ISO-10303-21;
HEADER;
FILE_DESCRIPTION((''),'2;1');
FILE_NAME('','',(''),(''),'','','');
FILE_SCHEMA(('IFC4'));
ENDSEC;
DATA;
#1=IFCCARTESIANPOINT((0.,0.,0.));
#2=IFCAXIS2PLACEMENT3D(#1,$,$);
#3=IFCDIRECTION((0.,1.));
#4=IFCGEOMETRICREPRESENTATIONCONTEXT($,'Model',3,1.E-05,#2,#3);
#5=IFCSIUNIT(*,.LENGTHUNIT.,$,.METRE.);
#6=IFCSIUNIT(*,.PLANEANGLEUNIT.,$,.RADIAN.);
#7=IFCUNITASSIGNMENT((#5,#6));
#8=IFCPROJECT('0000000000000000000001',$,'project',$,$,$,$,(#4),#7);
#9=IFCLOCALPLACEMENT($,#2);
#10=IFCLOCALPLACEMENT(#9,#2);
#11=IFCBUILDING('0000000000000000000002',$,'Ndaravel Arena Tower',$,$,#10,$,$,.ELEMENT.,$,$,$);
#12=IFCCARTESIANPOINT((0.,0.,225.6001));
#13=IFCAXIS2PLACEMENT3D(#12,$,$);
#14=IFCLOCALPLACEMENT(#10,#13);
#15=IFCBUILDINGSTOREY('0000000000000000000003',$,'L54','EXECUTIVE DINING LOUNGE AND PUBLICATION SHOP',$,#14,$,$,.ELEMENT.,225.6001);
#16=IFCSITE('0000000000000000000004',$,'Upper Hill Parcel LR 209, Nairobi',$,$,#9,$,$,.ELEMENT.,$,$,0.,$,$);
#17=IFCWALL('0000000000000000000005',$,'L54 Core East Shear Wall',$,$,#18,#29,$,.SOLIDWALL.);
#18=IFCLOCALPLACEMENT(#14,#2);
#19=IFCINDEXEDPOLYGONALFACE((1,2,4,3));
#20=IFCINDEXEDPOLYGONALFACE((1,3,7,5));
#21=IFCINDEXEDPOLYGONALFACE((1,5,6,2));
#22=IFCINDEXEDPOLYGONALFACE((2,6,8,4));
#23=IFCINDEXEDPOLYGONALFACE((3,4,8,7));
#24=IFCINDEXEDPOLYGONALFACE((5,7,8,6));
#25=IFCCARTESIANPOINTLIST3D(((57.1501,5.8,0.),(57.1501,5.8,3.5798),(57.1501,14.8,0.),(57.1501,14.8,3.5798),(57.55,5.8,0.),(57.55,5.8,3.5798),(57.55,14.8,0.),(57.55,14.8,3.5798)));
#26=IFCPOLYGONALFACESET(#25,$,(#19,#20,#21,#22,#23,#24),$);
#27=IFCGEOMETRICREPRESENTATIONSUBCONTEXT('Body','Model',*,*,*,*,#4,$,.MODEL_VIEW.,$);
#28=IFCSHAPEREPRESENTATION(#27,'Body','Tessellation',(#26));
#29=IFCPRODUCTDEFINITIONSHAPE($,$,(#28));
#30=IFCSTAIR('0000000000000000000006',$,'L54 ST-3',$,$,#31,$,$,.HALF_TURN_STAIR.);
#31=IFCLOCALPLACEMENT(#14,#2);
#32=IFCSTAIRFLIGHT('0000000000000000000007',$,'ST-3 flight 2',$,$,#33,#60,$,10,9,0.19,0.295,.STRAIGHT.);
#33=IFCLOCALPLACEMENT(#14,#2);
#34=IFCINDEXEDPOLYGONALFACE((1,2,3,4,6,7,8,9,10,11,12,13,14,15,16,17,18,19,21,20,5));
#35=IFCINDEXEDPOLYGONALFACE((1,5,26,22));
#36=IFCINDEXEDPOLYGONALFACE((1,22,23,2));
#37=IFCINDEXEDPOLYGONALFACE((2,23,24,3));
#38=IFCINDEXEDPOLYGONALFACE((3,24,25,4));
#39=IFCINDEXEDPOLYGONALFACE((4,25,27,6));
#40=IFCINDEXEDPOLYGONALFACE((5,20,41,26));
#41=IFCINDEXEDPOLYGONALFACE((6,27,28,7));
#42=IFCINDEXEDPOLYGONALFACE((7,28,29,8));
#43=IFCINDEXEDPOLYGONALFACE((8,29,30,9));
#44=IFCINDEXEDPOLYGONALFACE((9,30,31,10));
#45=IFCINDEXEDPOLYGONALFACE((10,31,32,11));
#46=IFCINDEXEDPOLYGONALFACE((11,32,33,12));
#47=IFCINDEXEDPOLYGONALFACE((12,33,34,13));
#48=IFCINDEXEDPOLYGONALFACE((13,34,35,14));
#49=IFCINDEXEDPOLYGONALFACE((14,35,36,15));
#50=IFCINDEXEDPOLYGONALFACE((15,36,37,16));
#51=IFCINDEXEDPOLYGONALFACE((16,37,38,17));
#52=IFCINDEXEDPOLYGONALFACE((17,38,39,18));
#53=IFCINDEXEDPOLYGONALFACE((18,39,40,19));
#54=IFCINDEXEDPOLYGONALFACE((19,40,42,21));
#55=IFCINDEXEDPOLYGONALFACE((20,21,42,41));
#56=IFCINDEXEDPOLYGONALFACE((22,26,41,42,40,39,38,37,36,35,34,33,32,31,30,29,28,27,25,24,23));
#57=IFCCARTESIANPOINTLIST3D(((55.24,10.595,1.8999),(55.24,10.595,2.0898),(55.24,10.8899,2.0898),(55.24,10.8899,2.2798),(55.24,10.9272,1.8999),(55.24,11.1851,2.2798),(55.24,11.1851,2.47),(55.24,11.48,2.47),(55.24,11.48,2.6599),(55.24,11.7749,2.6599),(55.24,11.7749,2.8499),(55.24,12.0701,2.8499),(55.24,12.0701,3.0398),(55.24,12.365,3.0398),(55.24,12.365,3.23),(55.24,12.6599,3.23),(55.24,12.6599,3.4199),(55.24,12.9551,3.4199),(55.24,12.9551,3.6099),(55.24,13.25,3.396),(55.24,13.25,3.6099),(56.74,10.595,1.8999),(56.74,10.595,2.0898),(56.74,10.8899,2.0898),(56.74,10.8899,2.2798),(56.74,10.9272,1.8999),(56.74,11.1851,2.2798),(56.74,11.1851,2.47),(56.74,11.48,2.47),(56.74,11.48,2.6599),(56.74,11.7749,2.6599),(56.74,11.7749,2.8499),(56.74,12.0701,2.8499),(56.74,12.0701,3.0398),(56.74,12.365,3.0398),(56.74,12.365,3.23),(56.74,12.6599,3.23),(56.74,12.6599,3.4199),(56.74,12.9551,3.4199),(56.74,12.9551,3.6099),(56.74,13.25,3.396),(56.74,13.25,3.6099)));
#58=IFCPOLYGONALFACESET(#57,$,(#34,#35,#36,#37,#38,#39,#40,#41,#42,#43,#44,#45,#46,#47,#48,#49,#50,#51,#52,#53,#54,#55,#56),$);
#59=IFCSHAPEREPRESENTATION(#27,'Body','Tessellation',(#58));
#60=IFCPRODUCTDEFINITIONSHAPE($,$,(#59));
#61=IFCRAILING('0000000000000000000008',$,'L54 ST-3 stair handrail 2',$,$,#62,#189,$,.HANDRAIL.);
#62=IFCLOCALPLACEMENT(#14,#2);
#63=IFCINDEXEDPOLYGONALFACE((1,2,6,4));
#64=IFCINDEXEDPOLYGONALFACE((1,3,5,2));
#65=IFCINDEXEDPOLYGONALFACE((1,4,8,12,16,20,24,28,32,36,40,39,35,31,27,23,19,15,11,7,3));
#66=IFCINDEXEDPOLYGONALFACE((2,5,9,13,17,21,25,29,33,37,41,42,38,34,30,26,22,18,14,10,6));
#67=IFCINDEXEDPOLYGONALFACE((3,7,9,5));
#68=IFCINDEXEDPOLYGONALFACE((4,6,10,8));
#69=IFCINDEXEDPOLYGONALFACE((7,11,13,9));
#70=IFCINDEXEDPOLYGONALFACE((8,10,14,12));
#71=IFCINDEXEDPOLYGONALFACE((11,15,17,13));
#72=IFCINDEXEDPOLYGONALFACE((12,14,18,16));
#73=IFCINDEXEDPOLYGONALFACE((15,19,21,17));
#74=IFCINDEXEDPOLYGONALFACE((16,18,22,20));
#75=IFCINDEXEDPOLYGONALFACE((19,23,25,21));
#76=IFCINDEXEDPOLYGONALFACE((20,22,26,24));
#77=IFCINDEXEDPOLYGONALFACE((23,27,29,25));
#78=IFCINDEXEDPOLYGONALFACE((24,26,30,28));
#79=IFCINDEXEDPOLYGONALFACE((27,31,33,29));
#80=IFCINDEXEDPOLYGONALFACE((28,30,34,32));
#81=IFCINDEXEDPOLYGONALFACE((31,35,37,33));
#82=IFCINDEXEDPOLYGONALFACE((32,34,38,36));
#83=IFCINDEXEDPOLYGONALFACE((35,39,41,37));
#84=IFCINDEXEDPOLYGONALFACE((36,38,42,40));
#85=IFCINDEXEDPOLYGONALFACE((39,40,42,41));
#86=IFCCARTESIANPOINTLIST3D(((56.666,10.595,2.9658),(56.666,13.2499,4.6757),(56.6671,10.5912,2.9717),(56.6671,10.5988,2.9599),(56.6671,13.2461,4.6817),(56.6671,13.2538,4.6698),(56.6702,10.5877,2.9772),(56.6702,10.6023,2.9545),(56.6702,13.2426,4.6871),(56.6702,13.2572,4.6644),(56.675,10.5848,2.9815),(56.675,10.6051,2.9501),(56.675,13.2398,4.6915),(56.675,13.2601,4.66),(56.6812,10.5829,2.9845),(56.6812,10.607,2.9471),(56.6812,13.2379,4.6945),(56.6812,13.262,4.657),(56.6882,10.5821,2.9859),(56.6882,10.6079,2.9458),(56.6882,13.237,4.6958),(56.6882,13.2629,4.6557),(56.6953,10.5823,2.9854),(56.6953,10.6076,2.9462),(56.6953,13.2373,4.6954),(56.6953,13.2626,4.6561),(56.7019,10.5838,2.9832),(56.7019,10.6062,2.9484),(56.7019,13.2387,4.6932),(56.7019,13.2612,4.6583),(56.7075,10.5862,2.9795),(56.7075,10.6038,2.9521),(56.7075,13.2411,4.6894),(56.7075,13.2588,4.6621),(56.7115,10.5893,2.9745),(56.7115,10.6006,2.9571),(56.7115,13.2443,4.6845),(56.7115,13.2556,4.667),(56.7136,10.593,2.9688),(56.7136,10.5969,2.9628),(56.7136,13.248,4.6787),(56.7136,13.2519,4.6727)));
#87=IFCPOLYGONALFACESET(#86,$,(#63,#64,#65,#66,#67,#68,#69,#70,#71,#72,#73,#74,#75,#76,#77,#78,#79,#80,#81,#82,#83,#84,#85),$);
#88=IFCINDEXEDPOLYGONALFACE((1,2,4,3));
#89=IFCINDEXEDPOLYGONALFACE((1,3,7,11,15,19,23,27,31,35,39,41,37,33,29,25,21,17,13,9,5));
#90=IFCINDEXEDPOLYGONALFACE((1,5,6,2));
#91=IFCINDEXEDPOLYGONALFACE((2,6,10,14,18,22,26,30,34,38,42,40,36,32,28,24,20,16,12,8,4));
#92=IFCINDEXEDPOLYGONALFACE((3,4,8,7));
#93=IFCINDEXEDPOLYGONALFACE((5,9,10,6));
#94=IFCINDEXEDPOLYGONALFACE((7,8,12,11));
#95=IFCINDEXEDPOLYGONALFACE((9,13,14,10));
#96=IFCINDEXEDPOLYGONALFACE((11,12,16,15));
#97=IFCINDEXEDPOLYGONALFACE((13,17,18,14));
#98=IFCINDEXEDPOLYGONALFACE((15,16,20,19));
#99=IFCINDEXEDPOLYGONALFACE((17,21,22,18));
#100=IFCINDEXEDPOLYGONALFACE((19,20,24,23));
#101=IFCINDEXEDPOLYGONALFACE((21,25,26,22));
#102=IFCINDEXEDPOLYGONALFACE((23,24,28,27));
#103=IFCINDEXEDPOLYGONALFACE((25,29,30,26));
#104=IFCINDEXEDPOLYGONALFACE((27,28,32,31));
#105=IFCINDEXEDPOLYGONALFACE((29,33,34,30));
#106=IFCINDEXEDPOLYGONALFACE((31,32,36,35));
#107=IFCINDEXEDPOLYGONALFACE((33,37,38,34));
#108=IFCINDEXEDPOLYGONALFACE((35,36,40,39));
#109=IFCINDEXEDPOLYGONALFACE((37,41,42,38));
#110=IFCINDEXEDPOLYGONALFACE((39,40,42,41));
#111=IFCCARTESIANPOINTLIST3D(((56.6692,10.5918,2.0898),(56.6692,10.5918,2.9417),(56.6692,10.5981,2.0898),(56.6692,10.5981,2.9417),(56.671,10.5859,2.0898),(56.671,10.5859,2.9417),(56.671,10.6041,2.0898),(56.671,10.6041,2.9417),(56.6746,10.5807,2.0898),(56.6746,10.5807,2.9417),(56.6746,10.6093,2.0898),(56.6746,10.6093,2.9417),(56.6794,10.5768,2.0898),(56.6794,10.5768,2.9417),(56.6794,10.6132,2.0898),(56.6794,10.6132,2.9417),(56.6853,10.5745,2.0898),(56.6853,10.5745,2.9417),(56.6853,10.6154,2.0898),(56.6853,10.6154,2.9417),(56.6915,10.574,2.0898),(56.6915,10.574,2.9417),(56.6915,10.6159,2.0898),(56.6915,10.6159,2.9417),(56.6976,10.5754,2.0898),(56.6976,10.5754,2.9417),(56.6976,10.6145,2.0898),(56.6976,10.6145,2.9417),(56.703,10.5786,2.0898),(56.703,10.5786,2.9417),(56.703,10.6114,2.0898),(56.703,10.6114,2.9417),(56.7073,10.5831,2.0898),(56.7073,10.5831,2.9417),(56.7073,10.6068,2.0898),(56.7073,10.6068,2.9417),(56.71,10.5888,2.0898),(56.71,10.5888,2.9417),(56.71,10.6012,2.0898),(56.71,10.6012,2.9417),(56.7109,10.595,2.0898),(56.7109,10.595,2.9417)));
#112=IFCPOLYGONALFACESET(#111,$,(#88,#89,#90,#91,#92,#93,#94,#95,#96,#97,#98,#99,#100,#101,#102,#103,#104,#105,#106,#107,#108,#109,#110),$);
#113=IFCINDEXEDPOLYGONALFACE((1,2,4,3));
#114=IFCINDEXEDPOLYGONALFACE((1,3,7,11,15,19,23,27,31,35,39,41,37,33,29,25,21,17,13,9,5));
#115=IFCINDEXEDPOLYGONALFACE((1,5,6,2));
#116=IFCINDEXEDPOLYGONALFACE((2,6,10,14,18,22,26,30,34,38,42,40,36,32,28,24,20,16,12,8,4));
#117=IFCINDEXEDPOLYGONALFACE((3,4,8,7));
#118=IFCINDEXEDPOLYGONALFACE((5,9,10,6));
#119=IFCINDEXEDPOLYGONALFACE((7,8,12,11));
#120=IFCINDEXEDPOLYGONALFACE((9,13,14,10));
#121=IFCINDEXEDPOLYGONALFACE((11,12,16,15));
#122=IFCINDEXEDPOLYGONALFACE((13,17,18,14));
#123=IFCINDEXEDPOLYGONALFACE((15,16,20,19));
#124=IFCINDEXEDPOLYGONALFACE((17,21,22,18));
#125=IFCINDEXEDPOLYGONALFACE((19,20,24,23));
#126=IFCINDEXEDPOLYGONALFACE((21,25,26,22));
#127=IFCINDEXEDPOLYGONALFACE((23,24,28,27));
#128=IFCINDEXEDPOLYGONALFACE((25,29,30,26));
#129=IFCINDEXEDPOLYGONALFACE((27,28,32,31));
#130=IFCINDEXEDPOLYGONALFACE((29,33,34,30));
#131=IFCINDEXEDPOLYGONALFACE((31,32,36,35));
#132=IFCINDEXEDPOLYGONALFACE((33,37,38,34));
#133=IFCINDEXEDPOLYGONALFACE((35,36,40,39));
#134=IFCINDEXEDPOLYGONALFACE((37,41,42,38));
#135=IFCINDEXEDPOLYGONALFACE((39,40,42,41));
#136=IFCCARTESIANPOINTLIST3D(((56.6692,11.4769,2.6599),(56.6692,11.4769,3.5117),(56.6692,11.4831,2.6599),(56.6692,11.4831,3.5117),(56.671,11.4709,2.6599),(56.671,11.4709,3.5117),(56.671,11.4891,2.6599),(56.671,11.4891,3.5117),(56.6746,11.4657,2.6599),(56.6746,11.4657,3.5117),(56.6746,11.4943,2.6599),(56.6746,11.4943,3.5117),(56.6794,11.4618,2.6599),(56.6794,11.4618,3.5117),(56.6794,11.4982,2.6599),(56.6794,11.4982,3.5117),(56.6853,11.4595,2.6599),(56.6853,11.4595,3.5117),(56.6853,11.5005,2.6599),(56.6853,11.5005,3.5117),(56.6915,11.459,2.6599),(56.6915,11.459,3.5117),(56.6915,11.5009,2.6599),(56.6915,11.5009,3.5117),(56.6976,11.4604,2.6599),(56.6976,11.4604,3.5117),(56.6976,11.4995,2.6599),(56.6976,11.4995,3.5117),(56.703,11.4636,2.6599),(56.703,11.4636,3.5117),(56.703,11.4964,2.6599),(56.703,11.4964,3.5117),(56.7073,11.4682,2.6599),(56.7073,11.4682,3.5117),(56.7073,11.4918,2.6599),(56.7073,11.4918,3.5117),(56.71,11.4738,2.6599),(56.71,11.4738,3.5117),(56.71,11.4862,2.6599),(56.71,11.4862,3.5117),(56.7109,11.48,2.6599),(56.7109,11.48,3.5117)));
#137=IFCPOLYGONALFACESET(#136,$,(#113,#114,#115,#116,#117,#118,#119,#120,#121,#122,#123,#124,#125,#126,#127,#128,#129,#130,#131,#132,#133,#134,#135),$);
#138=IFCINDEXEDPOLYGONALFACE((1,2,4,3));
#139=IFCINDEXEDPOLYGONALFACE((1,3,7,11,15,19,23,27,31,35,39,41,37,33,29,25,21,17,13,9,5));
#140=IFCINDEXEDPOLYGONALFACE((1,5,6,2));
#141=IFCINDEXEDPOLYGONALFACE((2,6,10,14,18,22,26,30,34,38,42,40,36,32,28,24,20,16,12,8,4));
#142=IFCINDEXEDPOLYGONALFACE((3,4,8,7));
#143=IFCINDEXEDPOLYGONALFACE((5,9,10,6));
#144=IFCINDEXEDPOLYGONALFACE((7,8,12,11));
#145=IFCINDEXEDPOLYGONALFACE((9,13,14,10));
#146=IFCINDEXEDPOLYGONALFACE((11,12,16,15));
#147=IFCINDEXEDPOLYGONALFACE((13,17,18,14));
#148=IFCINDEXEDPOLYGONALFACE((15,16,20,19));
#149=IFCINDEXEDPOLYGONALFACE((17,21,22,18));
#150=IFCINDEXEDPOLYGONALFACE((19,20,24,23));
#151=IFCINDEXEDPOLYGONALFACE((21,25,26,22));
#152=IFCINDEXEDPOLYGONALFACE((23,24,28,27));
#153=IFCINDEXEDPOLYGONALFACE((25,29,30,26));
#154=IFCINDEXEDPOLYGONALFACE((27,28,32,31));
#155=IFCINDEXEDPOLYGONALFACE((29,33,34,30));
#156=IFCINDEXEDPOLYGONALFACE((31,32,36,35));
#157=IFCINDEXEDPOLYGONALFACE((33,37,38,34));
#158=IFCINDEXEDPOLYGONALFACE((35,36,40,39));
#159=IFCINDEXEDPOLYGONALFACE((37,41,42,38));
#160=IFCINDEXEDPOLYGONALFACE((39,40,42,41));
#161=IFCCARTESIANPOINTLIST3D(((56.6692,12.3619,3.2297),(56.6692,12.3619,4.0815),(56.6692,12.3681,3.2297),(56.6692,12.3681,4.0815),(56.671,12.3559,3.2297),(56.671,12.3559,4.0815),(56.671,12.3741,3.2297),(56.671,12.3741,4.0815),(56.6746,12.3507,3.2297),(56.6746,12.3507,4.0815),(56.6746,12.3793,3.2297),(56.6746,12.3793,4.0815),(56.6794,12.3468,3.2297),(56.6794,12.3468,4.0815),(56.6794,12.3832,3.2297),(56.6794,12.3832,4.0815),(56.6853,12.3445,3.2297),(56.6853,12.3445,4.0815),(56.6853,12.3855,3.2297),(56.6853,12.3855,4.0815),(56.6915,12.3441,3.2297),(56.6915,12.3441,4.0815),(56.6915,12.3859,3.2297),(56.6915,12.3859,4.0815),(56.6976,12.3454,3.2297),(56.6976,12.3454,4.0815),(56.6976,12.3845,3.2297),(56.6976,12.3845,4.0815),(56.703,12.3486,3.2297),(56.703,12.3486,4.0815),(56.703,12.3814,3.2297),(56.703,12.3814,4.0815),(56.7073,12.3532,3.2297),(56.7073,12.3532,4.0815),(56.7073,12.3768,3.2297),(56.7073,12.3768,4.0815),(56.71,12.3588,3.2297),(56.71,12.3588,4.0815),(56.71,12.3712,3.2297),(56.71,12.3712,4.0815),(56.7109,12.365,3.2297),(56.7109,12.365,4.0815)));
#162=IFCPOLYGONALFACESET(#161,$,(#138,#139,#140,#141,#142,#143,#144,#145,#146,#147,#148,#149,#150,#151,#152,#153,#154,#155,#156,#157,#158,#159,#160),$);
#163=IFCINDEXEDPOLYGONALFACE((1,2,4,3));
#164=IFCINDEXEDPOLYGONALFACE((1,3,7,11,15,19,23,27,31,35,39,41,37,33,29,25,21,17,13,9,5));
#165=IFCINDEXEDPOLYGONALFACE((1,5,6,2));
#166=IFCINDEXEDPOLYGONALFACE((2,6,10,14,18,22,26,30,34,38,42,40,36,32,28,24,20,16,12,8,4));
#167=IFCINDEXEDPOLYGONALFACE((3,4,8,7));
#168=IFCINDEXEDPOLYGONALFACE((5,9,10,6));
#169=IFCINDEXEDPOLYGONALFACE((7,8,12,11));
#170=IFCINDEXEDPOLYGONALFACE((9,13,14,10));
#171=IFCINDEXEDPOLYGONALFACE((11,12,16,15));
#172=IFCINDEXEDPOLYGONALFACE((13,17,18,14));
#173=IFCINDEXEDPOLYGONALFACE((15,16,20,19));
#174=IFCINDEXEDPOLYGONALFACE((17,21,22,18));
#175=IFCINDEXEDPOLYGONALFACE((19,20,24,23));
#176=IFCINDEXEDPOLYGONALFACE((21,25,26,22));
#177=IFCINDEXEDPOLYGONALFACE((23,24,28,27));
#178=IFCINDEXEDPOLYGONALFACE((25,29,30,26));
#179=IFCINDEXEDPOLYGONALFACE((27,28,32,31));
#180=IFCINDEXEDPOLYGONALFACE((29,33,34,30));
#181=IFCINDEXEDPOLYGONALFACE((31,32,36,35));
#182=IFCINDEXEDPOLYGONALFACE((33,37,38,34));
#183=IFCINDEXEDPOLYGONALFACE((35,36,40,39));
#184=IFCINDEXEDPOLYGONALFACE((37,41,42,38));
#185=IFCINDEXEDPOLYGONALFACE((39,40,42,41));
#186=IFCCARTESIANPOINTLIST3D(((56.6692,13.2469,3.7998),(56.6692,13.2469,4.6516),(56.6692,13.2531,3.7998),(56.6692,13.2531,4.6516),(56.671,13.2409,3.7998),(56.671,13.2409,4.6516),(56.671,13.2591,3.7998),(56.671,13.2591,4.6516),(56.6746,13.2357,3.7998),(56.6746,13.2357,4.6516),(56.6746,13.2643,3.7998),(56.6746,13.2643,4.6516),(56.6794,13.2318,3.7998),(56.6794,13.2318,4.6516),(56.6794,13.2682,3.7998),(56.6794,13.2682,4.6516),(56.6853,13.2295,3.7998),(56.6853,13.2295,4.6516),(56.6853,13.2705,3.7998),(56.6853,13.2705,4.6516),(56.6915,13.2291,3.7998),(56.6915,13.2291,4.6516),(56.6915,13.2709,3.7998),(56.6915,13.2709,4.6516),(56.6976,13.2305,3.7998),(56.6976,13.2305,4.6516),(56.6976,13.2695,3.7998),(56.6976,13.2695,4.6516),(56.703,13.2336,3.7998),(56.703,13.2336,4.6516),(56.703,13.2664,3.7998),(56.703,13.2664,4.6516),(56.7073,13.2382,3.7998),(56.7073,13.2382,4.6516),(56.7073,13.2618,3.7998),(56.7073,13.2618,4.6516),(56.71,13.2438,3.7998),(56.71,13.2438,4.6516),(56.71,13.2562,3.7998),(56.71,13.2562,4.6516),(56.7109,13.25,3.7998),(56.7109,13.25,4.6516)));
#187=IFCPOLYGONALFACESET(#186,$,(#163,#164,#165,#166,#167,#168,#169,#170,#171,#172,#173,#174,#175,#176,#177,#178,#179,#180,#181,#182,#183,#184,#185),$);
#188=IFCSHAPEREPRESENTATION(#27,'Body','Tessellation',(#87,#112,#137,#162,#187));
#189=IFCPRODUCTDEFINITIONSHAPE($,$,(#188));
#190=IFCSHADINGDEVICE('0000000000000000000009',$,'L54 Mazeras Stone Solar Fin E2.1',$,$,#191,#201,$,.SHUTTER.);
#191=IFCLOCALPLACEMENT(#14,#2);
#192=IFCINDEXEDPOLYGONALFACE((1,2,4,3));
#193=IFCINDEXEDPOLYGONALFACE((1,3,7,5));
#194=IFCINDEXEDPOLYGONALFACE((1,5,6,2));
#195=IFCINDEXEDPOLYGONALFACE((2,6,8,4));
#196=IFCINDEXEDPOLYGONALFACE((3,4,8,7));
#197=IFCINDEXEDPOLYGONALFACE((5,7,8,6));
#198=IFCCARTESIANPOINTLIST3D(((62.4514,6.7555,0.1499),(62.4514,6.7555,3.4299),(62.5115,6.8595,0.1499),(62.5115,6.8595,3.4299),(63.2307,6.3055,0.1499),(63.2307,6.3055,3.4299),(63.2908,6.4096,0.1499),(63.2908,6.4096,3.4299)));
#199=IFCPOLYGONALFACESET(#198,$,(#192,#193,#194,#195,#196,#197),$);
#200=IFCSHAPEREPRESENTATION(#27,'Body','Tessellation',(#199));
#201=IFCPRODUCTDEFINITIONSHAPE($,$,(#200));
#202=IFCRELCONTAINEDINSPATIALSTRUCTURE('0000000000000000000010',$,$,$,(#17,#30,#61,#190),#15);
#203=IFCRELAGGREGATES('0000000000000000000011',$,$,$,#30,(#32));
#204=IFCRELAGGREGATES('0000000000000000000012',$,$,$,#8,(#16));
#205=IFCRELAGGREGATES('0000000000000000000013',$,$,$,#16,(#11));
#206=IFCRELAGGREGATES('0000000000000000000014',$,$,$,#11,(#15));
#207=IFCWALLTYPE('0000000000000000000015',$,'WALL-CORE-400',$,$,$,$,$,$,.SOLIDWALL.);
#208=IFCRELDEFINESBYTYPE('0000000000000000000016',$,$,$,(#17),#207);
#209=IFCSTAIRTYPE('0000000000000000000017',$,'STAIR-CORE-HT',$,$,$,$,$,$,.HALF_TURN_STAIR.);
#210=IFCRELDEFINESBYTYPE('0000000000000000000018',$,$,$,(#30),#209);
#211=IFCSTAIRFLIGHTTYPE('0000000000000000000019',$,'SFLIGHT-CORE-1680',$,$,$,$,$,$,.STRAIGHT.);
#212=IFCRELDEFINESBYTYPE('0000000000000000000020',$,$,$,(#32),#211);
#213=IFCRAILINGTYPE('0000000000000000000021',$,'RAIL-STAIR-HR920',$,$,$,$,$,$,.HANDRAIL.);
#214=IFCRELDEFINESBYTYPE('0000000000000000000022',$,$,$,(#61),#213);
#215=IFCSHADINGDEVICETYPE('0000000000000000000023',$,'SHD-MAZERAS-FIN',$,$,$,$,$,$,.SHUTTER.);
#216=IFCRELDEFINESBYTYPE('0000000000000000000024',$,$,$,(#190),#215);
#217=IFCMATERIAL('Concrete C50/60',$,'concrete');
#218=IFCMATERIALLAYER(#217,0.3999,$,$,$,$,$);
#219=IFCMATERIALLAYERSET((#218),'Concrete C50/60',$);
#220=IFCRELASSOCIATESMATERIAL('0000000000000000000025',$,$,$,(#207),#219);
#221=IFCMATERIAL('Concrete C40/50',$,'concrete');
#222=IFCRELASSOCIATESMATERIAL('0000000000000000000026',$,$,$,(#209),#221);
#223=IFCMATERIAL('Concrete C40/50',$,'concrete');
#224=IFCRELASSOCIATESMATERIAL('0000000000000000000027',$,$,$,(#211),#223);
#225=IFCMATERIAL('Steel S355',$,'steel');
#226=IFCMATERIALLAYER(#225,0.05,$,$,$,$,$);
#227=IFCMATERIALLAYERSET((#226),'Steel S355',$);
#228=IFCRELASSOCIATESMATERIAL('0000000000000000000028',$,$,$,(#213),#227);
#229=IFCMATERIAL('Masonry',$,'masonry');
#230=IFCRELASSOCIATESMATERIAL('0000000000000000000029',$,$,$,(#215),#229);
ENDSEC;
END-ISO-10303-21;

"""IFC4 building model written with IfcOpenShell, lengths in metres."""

from ifc_helpers import new_model, si_unit, direction, frame, frame_2d, origin, origin_2d, place, context, subcontext, project, spatial, polyline, rectangle, circle, outline, extrude, material, layer, layer_set, type_object, element, aggregate, save


model = new_model("IFC4")

# Units and contexts
model_context = context("Model", 3, precision=1e-05, world=origin(), true_north=direction((0.0, 1.0)))
body_context = subcontext(model_context, "Body", "Model", "MODEL_VIEW")
ifc_project = project(units=[si_unit("LENGTHUNIT", "METRE"), si_unit("PLANEANGLEUNIT", "RADIAN")], contexts=[model_context])

# Site, building, storey
site_placement = place(None, origin())
site = spatial("IfcSite", under=ifc_project, at=site_placement, Name="Upper Hill Parcel LR 209, Nairobi", CompositionType="ELEMENT", RefElevation=0.0)
building_placement = place(site_placement, origin())
building = spatial("IfcBuilding", under=site, at=building_placement, Name="Ndaravel Arena Tower", CompositionType="ELEMENT")
storey_placement = place(building_placement, frame((0.0, 0.0, 225.6001)))
storey = spatial("IfcBuildingStorey", under=building, at=storey_placement, Name="L54", Description="EXECUTIVE DINING LOUNGE AND PUBLICATION SHOP", CompositionType="ELEMENT", Elevation=225.6001)

# Wall
ifc_material_1 = material(Name="Concrete C50/60", Category="concrete")
ifc_layer_1 = layer(ifc_material_1, 0.3999)
ifc_layer_set_1 = layer_set([ifc_layer_1], Name="Concrete C50/60")
wall_type = type_object("IfcWallType", Name="WALL-CORE-400", PredefinedType="SOLIDWALL", material=ifc_layer_set_1)
wall_placement = place(storey_placement, frame((57.3501, 5.8, 0.0), z_axis=(0.0, 0.0, 1.0), x_axis=(0.0, 1.0, 0.0)))
element("IfcWall", 1, at=wall_placement, inside=storey, type_object=wall_type, Name="L54 Core East Shear Wall", PredefinedType="SOLIDWALL", context=body_context, shape_type="SweptSolid", body=[
    extrude(rectangle(XDim=9.0, YDim=0.3999, at=frame_2d((4.5, 0.0))), origin(), (0.0, 0.0, 1.0), 3.5798),
])

# Stair, stair flight
ifc_material_2 = material(Name="Concrete C40/50", Category="concrete")
stair_type = type_object("IfcStairType", Name="STAIR-CORE-HT", PredefinedType="HALF_TURN_STAIR", material=ifc_material_2)
stair_placement = place(storey_placement, origin())
stair = element("IfcStair", 2, at=stair_placement, inside=storey, type_object=stair_type, Name="L54 ST-3", PredefinedType="HALF_TURN_STAIR")
ifc_material_3 = material(Name="Concrete C40/50", Category="concrete")
stair_flight_type = type_object("IfcStairFlightType", Name="SFLIGHT-CORE-1680", PredefinedType="STRAIGHT", material=ifc_material_3)
stair_flight_placement = place(storey_placement, frame((55.99, 10.595, 1.8999), z_axis=(0.0, 0.0, 1.0), x_axis=(0.0, 1.0, 0.0)))
stair_flight = element("IfcStairFlight", 3, at=stair_flight_placement, type_object=stair_flight_type, Name="ST-3 flight 2", NumberOfRisers=10, NumberOfTreads=9, PredefinedType="STRAIGHT", RiserHeight=0.19, TreadLength=0.295, context=body_context, shape_type="SweptSolid", body=[
    extrude(outline(polyline([(0.0, 0.0), (0.0, 0.1899), (0.2949, 0.1899), (0.2949, 0.3799), (0.5901, 0.3799), (0.5901, 0.5701), (0.885, 0.5701), (0.885, 0.76), (1.1799, 0.76), (1.1799, 0.95), (1.4751, 0.95), (1.4751, 1.1399), (1.77, 1.1399), (1.77, 1.3301), (2.0649, 1.3301), (2.0649, 1.52), (2.3601, 1.52), (2.3601, 1.71), (2.655, 1.71), (2.655, 1.8999), (2.655, 1.4961), (0.3323, 0.0), (0.0, 0.0)])), frame((0.0, 0.75, 0.0), z_axis=(0.0, -1.0, 0.0), x_axis=(1.0, 0.0, 0.0)), (0.0, 0.0, 1.0), 1.5),
])
aggregate(stair, [stair_flight])

# Railing
ifc_material_4 = material(Name="Steel S355", Category="steel")
ifc_layer_2 = layer(ifc_material_4, 0.05)
ifc_layer_set_2 = layer_set([ifc_layer_2], Name="Steel S355")
railing_type_1 = type_object("IfcRailingType", Name="RAIL-STAIR-HR920", PredefinedType="HANDRAIL", material=ifc_layer_set_2)
railing_1_placement = place(storey_placement, frame((56.6899, 10.595, 2.0898)))
element("IfcRailing", 4, at=railing_1_placement, inside=storey, type_object=railing_type_1, Name="L54 ST-3 stair handrail 2", PredefinedType="HANDRAIL", context=body_context, shape_type="SweptSolid", body=[
    extrude(circle(Radius=0.0239, at=origin_2d()), frame((0.0, 0.0, 0.876), z_axis=(0.0, 0.840724, 0.541465), x_axis=(-1.0, 0.0, 0.0)), (0.0, 0.0, 1.0), 3.158),
    extrude(circle(Radius=0.021, at=origin_2d()), origin(), (0.0, 0.0, 1.0), 0.8518),
    extrude(circle(Radius=0.021, at=origin_2d()), frame((0.0, 0.885, 0.5701)), (0.0, 0.0, 1.0), 0.8518),
    extrude(circle(Radius=0.021, at=origin_2d()), frame((0.0, 1.77, 1.1399)), (0.0, 0.0, 1.0), 0.8518),
    extrude(circle(Radius=0.021, at=origin_2d()), frame((0.0, 2.655, 1.71)), (0.0, 0.0, 1.0), 0.8518),
])

# Shading device
ifc_material_5 = material(Name="Masonry", Category="masonry")
shading_device_type = type_object("IfcShadingDeviceType", Name="SHD-MAZERAS-FIN", PredefinedType="SHUTTER", material=ifc_material_5)
for number, where, z_axis, x_axis, name in (
    (5, (62.8711, 6.5825, 0.1499), (0.0, 0.0, 1.0), (0.866025, -0.5, 0.0), "L54 Mazeras Stone Solar Fin E2.1"),
):
    element("IfcShadingDevice", number, at=place(storey_placement, frame(where, z_axis=z_axis, x_axis=x_axis)), inside=storey, type_object=shading_device_type, Name=name, PredefinedType="SHUTTER", context=body_context, shape_type="SweptSolid", body=[
        extrude(rectangle(XDim=0.8999, YDim=0.1201, at=origin_2d()), origin(), (0.0, 0.0, 1.0), 3.28),
    ])

save(model, "model.ifc")
